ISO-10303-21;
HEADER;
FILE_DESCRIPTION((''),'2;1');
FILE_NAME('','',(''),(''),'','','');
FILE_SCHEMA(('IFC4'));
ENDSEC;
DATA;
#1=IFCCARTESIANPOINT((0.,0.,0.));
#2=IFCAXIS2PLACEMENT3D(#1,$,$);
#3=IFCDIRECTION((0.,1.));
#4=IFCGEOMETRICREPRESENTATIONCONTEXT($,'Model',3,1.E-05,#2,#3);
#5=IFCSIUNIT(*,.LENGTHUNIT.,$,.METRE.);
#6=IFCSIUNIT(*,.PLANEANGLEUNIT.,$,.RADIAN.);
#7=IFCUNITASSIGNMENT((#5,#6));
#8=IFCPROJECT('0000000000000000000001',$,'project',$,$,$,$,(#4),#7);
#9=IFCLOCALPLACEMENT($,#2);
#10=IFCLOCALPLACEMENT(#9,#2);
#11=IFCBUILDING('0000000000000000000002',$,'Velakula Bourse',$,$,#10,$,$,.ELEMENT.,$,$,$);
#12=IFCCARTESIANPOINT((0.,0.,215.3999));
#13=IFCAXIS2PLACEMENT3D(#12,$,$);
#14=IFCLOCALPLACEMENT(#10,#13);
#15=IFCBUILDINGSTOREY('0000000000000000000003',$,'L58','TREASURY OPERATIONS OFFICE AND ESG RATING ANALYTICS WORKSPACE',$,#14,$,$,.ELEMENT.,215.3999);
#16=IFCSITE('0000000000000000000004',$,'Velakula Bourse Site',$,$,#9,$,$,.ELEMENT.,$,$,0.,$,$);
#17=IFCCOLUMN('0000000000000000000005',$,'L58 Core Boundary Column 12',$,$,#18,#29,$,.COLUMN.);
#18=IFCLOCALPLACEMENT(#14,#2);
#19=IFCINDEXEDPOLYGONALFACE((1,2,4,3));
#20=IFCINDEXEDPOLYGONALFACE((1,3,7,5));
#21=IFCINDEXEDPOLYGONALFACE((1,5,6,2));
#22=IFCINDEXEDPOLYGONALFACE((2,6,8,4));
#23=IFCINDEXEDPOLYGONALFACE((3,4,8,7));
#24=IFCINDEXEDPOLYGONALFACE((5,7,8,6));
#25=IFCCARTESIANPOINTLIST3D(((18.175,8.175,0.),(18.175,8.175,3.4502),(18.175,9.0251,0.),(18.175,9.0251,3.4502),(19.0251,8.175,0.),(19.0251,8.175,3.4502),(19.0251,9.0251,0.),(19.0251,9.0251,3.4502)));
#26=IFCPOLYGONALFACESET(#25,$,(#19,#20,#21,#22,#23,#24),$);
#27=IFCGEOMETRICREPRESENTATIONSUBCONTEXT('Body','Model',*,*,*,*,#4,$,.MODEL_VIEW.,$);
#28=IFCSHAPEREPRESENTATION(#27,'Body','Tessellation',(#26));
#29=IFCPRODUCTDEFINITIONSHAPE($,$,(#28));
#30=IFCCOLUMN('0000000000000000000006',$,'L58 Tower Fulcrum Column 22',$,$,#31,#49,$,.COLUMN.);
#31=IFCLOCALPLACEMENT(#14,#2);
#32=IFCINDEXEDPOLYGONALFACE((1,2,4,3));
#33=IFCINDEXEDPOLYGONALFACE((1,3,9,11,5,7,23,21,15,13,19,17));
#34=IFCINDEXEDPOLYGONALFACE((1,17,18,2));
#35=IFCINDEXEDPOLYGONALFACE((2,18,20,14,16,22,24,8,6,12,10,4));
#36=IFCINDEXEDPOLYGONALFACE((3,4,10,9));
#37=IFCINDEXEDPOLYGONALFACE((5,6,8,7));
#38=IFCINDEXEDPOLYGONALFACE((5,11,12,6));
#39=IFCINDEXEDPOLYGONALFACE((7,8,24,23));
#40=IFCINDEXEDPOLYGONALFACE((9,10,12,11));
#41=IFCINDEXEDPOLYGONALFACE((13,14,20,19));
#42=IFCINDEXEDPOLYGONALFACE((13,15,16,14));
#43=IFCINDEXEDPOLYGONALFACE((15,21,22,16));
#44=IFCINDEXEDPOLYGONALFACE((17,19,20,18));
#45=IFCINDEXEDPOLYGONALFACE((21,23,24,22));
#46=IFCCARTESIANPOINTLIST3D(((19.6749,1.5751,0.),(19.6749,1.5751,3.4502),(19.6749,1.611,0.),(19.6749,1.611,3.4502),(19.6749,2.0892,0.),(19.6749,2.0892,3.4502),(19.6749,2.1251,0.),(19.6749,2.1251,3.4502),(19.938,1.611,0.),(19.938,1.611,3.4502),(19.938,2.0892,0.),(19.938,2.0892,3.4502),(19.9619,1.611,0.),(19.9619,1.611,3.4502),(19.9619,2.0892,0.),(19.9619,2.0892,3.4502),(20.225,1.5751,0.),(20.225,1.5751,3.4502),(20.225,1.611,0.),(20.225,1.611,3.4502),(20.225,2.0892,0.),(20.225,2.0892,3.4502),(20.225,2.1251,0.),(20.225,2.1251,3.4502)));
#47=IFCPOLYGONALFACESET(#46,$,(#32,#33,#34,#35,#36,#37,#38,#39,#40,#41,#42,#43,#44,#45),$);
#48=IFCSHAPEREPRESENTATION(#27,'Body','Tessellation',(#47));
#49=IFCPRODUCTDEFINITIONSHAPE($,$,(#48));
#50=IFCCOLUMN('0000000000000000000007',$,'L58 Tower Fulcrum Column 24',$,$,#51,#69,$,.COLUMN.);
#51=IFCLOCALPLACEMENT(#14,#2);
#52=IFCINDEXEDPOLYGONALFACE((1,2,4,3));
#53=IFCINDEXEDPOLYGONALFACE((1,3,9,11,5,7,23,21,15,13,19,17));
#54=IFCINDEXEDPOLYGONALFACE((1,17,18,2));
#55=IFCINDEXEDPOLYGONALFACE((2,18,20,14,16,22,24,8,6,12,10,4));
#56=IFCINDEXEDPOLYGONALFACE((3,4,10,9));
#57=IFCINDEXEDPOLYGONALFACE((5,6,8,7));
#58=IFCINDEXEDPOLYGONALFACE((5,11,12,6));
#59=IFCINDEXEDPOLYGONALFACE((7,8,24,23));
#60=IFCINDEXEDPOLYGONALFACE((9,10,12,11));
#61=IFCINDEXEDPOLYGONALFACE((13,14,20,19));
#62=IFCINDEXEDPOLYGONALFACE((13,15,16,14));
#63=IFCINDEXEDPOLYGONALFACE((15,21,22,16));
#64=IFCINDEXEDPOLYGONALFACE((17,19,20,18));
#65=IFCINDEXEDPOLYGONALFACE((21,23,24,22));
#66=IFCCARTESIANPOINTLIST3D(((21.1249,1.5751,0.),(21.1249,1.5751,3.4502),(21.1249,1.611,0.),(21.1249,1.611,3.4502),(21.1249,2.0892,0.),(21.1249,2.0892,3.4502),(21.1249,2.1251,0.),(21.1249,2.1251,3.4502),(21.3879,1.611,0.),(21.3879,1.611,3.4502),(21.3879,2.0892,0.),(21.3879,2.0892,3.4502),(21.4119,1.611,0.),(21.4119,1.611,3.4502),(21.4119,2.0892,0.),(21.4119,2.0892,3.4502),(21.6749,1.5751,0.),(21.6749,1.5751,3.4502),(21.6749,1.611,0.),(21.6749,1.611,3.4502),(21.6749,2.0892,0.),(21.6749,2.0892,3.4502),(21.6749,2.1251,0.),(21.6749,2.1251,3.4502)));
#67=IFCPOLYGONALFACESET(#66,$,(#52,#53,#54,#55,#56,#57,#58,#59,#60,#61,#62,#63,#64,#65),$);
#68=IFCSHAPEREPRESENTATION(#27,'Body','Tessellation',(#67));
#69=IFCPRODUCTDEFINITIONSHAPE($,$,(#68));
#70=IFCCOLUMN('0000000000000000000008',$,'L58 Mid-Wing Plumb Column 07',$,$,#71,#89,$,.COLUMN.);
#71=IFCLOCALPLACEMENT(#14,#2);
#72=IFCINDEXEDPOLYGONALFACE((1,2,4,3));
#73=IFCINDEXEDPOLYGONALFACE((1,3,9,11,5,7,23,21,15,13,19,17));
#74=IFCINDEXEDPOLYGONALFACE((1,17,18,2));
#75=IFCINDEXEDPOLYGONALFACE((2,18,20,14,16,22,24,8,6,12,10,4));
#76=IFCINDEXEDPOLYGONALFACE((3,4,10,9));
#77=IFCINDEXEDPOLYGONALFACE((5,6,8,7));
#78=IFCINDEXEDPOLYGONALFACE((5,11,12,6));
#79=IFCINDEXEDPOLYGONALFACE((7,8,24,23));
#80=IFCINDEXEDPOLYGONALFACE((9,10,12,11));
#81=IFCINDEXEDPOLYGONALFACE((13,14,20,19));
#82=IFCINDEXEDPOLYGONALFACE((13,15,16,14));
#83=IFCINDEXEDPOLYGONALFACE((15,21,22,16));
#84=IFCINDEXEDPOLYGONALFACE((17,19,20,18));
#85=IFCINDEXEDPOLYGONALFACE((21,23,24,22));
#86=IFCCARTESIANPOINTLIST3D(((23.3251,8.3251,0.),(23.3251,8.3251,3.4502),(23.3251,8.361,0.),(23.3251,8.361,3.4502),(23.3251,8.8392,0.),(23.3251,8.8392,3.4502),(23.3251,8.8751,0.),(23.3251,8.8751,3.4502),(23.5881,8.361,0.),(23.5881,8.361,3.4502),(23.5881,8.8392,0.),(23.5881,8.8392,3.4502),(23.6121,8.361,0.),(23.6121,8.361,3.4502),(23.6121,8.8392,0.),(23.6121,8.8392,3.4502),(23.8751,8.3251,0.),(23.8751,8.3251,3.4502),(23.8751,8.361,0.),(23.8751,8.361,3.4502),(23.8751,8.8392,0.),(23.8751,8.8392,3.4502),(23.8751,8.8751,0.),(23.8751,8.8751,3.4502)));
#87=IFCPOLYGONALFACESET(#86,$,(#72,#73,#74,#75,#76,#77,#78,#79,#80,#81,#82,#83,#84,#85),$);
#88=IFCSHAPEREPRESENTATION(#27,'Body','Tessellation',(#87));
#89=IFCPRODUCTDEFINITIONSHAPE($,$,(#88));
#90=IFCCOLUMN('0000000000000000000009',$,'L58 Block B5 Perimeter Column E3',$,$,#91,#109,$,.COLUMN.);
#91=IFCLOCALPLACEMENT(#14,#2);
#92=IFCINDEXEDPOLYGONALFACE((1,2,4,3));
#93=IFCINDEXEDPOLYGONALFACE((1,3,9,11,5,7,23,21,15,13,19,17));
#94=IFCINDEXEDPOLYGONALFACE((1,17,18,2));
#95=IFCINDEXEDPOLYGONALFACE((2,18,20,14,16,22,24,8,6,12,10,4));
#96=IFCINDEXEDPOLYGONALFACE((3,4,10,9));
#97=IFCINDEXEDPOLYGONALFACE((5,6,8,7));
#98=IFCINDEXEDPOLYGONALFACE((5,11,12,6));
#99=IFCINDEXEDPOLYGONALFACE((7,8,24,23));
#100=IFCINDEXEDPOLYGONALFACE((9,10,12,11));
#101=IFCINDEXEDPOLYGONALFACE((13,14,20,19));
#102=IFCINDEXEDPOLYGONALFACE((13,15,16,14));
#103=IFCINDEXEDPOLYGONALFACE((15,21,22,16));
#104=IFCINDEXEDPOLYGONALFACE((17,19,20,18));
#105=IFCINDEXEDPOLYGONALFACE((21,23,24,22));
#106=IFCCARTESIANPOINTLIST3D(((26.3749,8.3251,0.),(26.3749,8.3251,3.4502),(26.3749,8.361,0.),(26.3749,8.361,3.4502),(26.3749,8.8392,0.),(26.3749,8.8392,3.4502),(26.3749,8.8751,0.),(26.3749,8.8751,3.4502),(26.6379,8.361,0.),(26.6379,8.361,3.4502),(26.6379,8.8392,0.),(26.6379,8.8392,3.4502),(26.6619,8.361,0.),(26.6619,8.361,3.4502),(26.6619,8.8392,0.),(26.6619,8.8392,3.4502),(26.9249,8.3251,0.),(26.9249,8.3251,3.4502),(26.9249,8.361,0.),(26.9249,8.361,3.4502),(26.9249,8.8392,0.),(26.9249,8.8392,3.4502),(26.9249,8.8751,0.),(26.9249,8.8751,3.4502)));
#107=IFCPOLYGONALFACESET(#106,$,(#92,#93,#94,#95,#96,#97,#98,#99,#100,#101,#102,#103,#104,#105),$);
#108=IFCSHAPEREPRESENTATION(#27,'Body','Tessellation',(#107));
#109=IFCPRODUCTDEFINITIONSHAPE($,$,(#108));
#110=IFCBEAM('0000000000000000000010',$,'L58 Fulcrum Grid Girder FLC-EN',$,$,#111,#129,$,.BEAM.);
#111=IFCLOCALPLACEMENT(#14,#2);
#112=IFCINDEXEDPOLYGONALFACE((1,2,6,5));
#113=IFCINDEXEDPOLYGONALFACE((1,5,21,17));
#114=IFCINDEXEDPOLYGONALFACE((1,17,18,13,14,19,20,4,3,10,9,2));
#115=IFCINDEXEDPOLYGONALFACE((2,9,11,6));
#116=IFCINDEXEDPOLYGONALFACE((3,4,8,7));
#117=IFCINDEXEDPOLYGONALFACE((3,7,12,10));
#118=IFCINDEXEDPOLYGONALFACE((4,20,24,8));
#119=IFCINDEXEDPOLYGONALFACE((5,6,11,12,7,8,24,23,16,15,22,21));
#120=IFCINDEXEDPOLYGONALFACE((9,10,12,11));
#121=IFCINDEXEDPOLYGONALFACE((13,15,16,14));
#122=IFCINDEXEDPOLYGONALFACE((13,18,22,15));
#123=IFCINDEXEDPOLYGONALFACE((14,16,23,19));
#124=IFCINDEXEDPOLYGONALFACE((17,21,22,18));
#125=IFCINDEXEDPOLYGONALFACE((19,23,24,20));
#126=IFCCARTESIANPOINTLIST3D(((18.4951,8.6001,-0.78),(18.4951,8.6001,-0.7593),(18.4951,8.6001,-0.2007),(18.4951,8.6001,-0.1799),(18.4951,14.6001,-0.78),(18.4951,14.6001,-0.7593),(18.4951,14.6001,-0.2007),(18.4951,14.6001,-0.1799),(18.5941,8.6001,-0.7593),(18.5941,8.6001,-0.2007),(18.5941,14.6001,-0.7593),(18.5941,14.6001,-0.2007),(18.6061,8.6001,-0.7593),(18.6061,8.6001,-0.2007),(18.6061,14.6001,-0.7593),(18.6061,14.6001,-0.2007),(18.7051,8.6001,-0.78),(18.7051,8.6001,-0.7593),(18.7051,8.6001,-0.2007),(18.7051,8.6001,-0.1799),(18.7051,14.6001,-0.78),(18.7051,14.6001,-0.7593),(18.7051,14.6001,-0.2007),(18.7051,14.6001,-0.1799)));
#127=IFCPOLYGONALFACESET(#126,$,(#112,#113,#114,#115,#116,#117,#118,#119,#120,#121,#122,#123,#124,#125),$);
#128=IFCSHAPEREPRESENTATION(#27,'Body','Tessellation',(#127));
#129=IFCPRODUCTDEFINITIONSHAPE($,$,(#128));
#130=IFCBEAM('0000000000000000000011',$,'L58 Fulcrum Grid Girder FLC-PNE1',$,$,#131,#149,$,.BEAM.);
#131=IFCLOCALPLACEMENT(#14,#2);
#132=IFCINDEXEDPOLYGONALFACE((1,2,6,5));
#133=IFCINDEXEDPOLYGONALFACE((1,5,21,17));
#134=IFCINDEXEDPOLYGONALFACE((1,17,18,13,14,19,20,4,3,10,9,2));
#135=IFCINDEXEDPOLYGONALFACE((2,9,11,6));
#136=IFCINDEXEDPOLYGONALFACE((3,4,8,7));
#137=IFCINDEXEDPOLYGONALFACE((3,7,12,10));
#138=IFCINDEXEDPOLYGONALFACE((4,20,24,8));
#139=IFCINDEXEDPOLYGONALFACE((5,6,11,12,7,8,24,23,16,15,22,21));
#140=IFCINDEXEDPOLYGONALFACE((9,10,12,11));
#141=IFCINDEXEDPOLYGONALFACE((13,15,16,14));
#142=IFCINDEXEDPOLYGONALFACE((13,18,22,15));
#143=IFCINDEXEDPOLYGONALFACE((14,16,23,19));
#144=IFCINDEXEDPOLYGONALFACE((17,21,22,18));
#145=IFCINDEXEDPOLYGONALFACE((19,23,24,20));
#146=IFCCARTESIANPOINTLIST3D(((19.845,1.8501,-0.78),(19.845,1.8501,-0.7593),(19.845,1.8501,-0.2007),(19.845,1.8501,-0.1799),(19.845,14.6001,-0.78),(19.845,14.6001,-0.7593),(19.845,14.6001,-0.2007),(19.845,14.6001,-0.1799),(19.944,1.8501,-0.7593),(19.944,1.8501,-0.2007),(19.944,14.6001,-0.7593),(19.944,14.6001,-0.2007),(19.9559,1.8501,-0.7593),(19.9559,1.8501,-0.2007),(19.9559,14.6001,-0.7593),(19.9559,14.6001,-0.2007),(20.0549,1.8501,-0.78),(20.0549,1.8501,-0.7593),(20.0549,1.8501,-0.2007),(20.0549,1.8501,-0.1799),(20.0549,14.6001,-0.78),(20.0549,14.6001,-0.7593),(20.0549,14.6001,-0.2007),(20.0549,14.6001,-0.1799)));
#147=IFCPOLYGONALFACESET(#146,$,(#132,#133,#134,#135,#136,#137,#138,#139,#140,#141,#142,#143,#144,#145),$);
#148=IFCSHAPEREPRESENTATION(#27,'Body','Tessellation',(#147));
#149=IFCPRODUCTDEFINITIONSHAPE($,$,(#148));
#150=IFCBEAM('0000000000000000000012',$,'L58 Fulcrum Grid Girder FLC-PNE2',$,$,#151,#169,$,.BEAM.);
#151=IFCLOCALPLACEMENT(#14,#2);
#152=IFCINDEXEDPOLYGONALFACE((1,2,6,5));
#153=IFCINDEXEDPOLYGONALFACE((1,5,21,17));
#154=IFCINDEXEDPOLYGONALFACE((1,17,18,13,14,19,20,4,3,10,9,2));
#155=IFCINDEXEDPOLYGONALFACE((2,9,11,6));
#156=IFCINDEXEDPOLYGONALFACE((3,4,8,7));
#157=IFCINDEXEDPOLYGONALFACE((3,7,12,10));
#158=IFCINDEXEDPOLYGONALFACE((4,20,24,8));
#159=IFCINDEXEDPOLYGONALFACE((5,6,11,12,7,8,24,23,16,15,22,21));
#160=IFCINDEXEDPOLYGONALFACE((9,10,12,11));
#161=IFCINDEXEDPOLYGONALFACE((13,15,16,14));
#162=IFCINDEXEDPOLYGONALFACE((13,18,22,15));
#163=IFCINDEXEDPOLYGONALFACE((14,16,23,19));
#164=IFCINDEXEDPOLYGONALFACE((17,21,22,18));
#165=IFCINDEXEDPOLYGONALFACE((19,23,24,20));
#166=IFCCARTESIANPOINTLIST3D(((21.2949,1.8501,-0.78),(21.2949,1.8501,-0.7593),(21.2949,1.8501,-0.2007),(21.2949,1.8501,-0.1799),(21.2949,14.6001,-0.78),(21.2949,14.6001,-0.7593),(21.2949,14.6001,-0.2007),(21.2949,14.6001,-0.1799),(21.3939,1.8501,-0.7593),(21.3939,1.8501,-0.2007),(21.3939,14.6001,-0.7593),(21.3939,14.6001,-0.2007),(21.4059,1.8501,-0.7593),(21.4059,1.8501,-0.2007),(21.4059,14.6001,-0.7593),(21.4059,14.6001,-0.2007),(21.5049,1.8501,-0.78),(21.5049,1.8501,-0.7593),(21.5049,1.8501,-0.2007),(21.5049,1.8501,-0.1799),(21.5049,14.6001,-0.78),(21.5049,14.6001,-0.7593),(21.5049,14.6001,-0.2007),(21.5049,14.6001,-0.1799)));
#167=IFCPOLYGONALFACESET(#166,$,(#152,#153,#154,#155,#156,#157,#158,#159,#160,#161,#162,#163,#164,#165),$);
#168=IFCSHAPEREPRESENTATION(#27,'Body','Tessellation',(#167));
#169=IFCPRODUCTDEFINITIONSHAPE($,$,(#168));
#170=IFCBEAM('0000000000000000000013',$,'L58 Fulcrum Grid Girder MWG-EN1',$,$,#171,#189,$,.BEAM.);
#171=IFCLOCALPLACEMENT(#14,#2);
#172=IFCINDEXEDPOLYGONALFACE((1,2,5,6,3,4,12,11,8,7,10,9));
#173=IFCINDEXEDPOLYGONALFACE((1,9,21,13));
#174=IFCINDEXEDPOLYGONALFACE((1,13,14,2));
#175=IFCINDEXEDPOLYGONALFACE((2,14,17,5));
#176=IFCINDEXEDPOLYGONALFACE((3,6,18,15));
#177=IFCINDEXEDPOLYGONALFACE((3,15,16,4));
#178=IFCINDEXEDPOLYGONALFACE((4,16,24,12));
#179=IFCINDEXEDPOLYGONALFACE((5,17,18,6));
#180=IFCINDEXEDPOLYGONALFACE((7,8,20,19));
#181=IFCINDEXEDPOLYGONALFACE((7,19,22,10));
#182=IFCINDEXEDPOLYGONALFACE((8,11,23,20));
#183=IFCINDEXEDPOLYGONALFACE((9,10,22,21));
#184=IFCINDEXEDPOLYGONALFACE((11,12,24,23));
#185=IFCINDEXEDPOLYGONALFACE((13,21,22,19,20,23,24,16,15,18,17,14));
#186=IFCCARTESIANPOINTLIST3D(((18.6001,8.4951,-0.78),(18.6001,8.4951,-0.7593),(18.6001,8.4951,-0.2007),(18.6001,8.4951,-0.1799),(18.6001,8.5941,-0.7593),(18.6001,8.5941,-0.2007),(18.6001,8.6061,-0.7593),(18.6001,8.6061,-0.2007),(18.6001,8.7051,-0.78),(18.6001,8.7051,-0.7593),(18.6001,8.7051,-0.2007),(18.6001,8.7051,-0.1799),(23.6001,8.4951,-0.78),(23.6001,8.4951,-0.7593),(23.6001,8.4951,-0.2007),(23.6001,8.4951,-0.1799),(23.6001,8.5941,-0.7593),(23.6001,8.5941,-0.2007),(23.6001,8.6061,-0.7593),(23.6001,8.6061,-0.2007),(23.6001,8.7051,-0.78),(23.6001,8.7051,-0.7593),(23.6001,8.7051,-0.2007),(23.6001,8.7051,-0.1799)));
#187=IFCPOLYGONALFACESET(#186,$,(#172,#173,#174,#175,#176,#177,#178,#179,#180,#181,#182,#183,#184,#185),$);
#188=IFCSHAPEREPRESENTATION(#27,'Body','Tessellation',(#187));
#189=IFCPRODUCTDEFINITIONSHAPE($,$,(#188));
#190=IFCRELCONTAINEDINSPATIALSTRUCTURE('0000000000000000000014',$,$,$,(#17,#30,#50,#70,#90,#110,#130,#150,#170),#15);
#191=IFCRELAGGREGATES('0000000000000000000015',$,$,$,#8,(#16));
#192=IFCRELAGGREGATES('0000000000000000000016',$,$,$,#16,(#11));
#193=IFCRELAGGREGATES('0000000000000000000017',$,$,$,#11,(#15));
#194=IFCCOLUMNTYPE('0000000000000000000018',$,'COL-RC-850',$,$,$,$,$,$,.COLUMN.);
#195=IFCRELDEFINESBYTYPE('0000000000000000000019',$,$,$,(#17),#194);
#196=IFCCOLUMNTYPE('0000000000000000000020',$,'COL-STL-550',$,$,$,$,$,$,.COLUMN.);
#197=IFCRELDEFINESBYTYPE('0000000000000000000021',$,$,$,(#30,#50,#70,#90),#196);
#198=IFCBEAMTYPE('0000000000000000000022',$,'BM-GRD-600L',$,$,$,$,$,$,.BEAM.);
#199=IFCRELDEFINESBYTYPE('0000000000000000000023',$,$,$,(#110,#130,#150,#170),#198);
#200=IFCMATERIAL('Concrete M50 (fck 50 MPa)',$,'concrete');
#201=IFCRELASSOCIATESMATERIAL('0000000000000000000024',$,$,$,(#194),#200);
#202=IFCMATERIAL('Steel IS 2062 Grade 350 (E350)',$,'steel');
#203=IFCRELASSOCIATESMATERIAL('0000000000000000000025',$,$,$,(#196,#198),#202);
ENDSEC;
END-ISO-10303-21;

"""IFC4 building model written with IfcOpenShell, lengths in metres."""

from ifc_helpers import new_model, si_unit, direction, frame, origin, origin_2d, place, context, subcontext, project, spatial, rectangle, i_section, extrude, material, material_profile, profile_set, type_object, element, save


model = new_model("IFC4")

# Units and contexts
model_context = context("Model", 3, precision=1e-05, world=origin(), true_north=direction((0.0, 1.0)))
body_context = subcontext(model_context, "Body", "Model", "MODEL_VIEW")
ifc_project = project(units=[si_unit("LENGTHUNIT", "METRE"), si_unit("PLANEANGLEUNIT", "RADIAN")], contexts=[model_context])

# Site, building, storey
site_placement = place(None, origin())
site = spatial("IfcSite", under=ifc_project, at=site_placement, Name="Velakula Bourse Site", CompositionType="ELEMENT", RefElevation=0.0)
building_placement = place(site_placement, origin())
building = spatial("IfcBuilding", under=site, at=building_placement, Name="Velakula Bourse", CompositionType="ELEMENT")
storey_placement = place(building_placement, frame((0.0, 0.0, 215.3999)))
storey = spatial("IfcBuildingStorey", under=building, at=storey_placement, Name="L58", Description="TREASURY OPERATIONS OFFICE AND ESG RATING ANALYTICS WORKSPACE", CompositionType="ELEMENT", Elevation=215.3999)

# Columns
ifc_material_1 = material(Name="Concrete M50 (fck 50 MPa)", Category="concrete")
ifc_material_profile_1 = material_profile(ifc_material_1, rectangle(XDim=0.8501, YDim=0.8501, at=origin_2d()), Name="Concrete M50 (fck 50 MPa)")
ifc_profile_set_1 = profile_set([ifc_material_profile_1], Name="Concrete M50 (fck 50 MPa)")
column_type_1 = type_object("IfcColumnType", Name="COL-RC-850", PredefinedType="COLUMN", material=ifc_profile_set_1)
column_placement = place(storey_placement, frame((18.6001, 8.6001, 0.0), z_axis=(0.0, 0.0, 1.0), x_axis=(1.0, 0.0, 0.0)))
element("IfcColumn", 1, at=column_placement, inside=storey, type_object=column_type_1, Name="L58 Core Boundary Column 12", PredefinedType="COLUMN", context=body_context, shape_type="SweptSolid", body=[
    extrude(rectangle(XDim=0.8501, YDim=0.8501, at=origin_2d()), origin(), (0.0, 0.0, 1.0), 3.4502),
])
ifc_material_2 = material(Name="Steel IS 2062 Grade 350 (E350)", Category="steel")
ifc_material_profile_2 = material_profile(ifc_material_2, i_section(OverallWidth=0.55, OverallDepth=0.55, WebThickness=0.0239, FlangeThickness=0.0359, at=origin_2d()), Name="Steel IS 2062 Grade 350 (E350)")
ifc_profile_set_2 = profile_set([ifc_material_profile_2], Name="Steel IS 2062 Grade 350 (E350)")
column_type_2 = type_object("IfcColumnType", Name="COL-STL-550", PredefinedType="COLUMN", material=ifc_profile_set_2)
for number, where, z_axis, x_axis, name in (
    (2, (19.95, 1.8501, 0.0), (0.0, 0.0, 1.0), (1.0, 0.0, 0.0), "L58 Tower Fulcrum Column 22"),
    (3, (21.3999, 1.8501, 0.0), (0.0, 0.0, 1.0), (1.0, 0.0, 0.0), "L58 Tower Fulcrum Column 24"),
    (4, (23.6001, 8.6001, 0.0), (0.0, 0.0, 1.0), (1.0, 0.0, 0.0), "L58 Mid-Wing Plumb Column 07"),
    (5, (26.6499, 8.6001, 0.0), (0.0, 0.0, 1.0), (1.0, 0.0, 0.0), "L58 Block B5 Perimeter Column E3"),
):
    element("IfcColumn", number, at=place(storey_placement, frame(where, z_axis=z_axis, x_axis=x_axis)), inside=storey, type_object=column_type_2, Name=name, PredefinedType="COLUMN", context=body_context, shape_type="SweptSolid", body=[
        extrude(i_section(OverallWidth=0.55, OverallDepth=0.55, WebThickness=0.0239, FlangeThickness=0.0359, at=origin_2d()), origin(), (0.0, 0.0, 1.0), 3.4502),
    ])

# Beams
ifc_material_profile_3 = material_profile(ifc_material_2, i_section(OverallWidth=0.21, OverallDepth=0.6001, WebThickness=0.012, FlangeThickness=0.0208, at=origin_2d()), Name="Steel IS 2062 Grade 350 (E350)")
ifc_profile_set_3 = profile_set([ifc_material_profile_3], Name="Steel IS 2062 Grade 350 (E350)")
beam_type_1 = type_object("IfcBeamType", Name="BM-GRD-600L", PredefinedType="BEAM", material=ifc_profile_set_3)
beam_1_placement = place(storey_placement, frame((18.6001, 8.6001, -0.48), z_axis=(0.0, 1.0, 0.0), x_axis=(-1.0, 0.0, 0.0)))
element("IfcBeam", 6, at=beam_1_placement, inside=storey, type_object=beam_type_1, Name="L58 Fulcrum Grid Girder FLC-EN", PredefinedType="BEAM", context=body_context, shape_type="SweptSolid", body=[
    extrude(i_section(OverallWidth=0.21, OverallDepth=0.6001, WebThickness=0.012, FlangeThickness=0.0208, at=origin_2d()), origin(), (0.0, 0.0, 1.0), 6.0),
])
for number, where, z_axis, x_axis, name in (
    (7, (19.95, 1.8501, -0.48), (0.0, 1.0, 0.0), (-1.0, 0.0, 0.0), "L58 Fulcrum Grid Girder FLC-PNE1"),
    (8, (21.3999, 1.8501, -0.48), (0.0, 1.0, 0.0), (-1.0, 0.0, 0.0), "L58 Fulcrum Grid Girder FLC-PNE2"),
):
    element("IfcBeam", number, at=place(storey_placement, frame(where, z_axis=z_axis, x_axis=x_axis)), inside=storey, type_object=beam_type_1, Name=name, PredefinedType="BEAM", context=body_context, shape_type="SweptSolid", body=[
        extrude(i_section(OverallWidth=0.21, OverallDepth=0.6001, WebThickness=0.012, FlangeThickness=0.0208, at=origin_2d()), origin(), (0.0, 0.0, 1.0), 12.75),
    ])
beam_2_placement = place(storey_placement, frame((18.6001, 8.6001, -0.48), z_axis=(1.0, 0.0, 0.0), x_axis=(0.0, 1.0, 0.0)))
element("IfcBeam", 9, at=beam_2_placement, inside=storey, type_object=beam_type_1, Name="L58 Fulcrum Grid Girder MWG-EN1", PredefinedType="BEAM", context=body_context, shape_type="SweptSolid", body=[
    extrude(i_section(OverallWidth=0.21, OverallDepth=0.6001, WebThickness=0.012, FlangeThickness=0.0208, at=origin_2d()), origin(), (0.0, 0.0, 1.0), 5.0),
])

save(model, "model.ifc")
